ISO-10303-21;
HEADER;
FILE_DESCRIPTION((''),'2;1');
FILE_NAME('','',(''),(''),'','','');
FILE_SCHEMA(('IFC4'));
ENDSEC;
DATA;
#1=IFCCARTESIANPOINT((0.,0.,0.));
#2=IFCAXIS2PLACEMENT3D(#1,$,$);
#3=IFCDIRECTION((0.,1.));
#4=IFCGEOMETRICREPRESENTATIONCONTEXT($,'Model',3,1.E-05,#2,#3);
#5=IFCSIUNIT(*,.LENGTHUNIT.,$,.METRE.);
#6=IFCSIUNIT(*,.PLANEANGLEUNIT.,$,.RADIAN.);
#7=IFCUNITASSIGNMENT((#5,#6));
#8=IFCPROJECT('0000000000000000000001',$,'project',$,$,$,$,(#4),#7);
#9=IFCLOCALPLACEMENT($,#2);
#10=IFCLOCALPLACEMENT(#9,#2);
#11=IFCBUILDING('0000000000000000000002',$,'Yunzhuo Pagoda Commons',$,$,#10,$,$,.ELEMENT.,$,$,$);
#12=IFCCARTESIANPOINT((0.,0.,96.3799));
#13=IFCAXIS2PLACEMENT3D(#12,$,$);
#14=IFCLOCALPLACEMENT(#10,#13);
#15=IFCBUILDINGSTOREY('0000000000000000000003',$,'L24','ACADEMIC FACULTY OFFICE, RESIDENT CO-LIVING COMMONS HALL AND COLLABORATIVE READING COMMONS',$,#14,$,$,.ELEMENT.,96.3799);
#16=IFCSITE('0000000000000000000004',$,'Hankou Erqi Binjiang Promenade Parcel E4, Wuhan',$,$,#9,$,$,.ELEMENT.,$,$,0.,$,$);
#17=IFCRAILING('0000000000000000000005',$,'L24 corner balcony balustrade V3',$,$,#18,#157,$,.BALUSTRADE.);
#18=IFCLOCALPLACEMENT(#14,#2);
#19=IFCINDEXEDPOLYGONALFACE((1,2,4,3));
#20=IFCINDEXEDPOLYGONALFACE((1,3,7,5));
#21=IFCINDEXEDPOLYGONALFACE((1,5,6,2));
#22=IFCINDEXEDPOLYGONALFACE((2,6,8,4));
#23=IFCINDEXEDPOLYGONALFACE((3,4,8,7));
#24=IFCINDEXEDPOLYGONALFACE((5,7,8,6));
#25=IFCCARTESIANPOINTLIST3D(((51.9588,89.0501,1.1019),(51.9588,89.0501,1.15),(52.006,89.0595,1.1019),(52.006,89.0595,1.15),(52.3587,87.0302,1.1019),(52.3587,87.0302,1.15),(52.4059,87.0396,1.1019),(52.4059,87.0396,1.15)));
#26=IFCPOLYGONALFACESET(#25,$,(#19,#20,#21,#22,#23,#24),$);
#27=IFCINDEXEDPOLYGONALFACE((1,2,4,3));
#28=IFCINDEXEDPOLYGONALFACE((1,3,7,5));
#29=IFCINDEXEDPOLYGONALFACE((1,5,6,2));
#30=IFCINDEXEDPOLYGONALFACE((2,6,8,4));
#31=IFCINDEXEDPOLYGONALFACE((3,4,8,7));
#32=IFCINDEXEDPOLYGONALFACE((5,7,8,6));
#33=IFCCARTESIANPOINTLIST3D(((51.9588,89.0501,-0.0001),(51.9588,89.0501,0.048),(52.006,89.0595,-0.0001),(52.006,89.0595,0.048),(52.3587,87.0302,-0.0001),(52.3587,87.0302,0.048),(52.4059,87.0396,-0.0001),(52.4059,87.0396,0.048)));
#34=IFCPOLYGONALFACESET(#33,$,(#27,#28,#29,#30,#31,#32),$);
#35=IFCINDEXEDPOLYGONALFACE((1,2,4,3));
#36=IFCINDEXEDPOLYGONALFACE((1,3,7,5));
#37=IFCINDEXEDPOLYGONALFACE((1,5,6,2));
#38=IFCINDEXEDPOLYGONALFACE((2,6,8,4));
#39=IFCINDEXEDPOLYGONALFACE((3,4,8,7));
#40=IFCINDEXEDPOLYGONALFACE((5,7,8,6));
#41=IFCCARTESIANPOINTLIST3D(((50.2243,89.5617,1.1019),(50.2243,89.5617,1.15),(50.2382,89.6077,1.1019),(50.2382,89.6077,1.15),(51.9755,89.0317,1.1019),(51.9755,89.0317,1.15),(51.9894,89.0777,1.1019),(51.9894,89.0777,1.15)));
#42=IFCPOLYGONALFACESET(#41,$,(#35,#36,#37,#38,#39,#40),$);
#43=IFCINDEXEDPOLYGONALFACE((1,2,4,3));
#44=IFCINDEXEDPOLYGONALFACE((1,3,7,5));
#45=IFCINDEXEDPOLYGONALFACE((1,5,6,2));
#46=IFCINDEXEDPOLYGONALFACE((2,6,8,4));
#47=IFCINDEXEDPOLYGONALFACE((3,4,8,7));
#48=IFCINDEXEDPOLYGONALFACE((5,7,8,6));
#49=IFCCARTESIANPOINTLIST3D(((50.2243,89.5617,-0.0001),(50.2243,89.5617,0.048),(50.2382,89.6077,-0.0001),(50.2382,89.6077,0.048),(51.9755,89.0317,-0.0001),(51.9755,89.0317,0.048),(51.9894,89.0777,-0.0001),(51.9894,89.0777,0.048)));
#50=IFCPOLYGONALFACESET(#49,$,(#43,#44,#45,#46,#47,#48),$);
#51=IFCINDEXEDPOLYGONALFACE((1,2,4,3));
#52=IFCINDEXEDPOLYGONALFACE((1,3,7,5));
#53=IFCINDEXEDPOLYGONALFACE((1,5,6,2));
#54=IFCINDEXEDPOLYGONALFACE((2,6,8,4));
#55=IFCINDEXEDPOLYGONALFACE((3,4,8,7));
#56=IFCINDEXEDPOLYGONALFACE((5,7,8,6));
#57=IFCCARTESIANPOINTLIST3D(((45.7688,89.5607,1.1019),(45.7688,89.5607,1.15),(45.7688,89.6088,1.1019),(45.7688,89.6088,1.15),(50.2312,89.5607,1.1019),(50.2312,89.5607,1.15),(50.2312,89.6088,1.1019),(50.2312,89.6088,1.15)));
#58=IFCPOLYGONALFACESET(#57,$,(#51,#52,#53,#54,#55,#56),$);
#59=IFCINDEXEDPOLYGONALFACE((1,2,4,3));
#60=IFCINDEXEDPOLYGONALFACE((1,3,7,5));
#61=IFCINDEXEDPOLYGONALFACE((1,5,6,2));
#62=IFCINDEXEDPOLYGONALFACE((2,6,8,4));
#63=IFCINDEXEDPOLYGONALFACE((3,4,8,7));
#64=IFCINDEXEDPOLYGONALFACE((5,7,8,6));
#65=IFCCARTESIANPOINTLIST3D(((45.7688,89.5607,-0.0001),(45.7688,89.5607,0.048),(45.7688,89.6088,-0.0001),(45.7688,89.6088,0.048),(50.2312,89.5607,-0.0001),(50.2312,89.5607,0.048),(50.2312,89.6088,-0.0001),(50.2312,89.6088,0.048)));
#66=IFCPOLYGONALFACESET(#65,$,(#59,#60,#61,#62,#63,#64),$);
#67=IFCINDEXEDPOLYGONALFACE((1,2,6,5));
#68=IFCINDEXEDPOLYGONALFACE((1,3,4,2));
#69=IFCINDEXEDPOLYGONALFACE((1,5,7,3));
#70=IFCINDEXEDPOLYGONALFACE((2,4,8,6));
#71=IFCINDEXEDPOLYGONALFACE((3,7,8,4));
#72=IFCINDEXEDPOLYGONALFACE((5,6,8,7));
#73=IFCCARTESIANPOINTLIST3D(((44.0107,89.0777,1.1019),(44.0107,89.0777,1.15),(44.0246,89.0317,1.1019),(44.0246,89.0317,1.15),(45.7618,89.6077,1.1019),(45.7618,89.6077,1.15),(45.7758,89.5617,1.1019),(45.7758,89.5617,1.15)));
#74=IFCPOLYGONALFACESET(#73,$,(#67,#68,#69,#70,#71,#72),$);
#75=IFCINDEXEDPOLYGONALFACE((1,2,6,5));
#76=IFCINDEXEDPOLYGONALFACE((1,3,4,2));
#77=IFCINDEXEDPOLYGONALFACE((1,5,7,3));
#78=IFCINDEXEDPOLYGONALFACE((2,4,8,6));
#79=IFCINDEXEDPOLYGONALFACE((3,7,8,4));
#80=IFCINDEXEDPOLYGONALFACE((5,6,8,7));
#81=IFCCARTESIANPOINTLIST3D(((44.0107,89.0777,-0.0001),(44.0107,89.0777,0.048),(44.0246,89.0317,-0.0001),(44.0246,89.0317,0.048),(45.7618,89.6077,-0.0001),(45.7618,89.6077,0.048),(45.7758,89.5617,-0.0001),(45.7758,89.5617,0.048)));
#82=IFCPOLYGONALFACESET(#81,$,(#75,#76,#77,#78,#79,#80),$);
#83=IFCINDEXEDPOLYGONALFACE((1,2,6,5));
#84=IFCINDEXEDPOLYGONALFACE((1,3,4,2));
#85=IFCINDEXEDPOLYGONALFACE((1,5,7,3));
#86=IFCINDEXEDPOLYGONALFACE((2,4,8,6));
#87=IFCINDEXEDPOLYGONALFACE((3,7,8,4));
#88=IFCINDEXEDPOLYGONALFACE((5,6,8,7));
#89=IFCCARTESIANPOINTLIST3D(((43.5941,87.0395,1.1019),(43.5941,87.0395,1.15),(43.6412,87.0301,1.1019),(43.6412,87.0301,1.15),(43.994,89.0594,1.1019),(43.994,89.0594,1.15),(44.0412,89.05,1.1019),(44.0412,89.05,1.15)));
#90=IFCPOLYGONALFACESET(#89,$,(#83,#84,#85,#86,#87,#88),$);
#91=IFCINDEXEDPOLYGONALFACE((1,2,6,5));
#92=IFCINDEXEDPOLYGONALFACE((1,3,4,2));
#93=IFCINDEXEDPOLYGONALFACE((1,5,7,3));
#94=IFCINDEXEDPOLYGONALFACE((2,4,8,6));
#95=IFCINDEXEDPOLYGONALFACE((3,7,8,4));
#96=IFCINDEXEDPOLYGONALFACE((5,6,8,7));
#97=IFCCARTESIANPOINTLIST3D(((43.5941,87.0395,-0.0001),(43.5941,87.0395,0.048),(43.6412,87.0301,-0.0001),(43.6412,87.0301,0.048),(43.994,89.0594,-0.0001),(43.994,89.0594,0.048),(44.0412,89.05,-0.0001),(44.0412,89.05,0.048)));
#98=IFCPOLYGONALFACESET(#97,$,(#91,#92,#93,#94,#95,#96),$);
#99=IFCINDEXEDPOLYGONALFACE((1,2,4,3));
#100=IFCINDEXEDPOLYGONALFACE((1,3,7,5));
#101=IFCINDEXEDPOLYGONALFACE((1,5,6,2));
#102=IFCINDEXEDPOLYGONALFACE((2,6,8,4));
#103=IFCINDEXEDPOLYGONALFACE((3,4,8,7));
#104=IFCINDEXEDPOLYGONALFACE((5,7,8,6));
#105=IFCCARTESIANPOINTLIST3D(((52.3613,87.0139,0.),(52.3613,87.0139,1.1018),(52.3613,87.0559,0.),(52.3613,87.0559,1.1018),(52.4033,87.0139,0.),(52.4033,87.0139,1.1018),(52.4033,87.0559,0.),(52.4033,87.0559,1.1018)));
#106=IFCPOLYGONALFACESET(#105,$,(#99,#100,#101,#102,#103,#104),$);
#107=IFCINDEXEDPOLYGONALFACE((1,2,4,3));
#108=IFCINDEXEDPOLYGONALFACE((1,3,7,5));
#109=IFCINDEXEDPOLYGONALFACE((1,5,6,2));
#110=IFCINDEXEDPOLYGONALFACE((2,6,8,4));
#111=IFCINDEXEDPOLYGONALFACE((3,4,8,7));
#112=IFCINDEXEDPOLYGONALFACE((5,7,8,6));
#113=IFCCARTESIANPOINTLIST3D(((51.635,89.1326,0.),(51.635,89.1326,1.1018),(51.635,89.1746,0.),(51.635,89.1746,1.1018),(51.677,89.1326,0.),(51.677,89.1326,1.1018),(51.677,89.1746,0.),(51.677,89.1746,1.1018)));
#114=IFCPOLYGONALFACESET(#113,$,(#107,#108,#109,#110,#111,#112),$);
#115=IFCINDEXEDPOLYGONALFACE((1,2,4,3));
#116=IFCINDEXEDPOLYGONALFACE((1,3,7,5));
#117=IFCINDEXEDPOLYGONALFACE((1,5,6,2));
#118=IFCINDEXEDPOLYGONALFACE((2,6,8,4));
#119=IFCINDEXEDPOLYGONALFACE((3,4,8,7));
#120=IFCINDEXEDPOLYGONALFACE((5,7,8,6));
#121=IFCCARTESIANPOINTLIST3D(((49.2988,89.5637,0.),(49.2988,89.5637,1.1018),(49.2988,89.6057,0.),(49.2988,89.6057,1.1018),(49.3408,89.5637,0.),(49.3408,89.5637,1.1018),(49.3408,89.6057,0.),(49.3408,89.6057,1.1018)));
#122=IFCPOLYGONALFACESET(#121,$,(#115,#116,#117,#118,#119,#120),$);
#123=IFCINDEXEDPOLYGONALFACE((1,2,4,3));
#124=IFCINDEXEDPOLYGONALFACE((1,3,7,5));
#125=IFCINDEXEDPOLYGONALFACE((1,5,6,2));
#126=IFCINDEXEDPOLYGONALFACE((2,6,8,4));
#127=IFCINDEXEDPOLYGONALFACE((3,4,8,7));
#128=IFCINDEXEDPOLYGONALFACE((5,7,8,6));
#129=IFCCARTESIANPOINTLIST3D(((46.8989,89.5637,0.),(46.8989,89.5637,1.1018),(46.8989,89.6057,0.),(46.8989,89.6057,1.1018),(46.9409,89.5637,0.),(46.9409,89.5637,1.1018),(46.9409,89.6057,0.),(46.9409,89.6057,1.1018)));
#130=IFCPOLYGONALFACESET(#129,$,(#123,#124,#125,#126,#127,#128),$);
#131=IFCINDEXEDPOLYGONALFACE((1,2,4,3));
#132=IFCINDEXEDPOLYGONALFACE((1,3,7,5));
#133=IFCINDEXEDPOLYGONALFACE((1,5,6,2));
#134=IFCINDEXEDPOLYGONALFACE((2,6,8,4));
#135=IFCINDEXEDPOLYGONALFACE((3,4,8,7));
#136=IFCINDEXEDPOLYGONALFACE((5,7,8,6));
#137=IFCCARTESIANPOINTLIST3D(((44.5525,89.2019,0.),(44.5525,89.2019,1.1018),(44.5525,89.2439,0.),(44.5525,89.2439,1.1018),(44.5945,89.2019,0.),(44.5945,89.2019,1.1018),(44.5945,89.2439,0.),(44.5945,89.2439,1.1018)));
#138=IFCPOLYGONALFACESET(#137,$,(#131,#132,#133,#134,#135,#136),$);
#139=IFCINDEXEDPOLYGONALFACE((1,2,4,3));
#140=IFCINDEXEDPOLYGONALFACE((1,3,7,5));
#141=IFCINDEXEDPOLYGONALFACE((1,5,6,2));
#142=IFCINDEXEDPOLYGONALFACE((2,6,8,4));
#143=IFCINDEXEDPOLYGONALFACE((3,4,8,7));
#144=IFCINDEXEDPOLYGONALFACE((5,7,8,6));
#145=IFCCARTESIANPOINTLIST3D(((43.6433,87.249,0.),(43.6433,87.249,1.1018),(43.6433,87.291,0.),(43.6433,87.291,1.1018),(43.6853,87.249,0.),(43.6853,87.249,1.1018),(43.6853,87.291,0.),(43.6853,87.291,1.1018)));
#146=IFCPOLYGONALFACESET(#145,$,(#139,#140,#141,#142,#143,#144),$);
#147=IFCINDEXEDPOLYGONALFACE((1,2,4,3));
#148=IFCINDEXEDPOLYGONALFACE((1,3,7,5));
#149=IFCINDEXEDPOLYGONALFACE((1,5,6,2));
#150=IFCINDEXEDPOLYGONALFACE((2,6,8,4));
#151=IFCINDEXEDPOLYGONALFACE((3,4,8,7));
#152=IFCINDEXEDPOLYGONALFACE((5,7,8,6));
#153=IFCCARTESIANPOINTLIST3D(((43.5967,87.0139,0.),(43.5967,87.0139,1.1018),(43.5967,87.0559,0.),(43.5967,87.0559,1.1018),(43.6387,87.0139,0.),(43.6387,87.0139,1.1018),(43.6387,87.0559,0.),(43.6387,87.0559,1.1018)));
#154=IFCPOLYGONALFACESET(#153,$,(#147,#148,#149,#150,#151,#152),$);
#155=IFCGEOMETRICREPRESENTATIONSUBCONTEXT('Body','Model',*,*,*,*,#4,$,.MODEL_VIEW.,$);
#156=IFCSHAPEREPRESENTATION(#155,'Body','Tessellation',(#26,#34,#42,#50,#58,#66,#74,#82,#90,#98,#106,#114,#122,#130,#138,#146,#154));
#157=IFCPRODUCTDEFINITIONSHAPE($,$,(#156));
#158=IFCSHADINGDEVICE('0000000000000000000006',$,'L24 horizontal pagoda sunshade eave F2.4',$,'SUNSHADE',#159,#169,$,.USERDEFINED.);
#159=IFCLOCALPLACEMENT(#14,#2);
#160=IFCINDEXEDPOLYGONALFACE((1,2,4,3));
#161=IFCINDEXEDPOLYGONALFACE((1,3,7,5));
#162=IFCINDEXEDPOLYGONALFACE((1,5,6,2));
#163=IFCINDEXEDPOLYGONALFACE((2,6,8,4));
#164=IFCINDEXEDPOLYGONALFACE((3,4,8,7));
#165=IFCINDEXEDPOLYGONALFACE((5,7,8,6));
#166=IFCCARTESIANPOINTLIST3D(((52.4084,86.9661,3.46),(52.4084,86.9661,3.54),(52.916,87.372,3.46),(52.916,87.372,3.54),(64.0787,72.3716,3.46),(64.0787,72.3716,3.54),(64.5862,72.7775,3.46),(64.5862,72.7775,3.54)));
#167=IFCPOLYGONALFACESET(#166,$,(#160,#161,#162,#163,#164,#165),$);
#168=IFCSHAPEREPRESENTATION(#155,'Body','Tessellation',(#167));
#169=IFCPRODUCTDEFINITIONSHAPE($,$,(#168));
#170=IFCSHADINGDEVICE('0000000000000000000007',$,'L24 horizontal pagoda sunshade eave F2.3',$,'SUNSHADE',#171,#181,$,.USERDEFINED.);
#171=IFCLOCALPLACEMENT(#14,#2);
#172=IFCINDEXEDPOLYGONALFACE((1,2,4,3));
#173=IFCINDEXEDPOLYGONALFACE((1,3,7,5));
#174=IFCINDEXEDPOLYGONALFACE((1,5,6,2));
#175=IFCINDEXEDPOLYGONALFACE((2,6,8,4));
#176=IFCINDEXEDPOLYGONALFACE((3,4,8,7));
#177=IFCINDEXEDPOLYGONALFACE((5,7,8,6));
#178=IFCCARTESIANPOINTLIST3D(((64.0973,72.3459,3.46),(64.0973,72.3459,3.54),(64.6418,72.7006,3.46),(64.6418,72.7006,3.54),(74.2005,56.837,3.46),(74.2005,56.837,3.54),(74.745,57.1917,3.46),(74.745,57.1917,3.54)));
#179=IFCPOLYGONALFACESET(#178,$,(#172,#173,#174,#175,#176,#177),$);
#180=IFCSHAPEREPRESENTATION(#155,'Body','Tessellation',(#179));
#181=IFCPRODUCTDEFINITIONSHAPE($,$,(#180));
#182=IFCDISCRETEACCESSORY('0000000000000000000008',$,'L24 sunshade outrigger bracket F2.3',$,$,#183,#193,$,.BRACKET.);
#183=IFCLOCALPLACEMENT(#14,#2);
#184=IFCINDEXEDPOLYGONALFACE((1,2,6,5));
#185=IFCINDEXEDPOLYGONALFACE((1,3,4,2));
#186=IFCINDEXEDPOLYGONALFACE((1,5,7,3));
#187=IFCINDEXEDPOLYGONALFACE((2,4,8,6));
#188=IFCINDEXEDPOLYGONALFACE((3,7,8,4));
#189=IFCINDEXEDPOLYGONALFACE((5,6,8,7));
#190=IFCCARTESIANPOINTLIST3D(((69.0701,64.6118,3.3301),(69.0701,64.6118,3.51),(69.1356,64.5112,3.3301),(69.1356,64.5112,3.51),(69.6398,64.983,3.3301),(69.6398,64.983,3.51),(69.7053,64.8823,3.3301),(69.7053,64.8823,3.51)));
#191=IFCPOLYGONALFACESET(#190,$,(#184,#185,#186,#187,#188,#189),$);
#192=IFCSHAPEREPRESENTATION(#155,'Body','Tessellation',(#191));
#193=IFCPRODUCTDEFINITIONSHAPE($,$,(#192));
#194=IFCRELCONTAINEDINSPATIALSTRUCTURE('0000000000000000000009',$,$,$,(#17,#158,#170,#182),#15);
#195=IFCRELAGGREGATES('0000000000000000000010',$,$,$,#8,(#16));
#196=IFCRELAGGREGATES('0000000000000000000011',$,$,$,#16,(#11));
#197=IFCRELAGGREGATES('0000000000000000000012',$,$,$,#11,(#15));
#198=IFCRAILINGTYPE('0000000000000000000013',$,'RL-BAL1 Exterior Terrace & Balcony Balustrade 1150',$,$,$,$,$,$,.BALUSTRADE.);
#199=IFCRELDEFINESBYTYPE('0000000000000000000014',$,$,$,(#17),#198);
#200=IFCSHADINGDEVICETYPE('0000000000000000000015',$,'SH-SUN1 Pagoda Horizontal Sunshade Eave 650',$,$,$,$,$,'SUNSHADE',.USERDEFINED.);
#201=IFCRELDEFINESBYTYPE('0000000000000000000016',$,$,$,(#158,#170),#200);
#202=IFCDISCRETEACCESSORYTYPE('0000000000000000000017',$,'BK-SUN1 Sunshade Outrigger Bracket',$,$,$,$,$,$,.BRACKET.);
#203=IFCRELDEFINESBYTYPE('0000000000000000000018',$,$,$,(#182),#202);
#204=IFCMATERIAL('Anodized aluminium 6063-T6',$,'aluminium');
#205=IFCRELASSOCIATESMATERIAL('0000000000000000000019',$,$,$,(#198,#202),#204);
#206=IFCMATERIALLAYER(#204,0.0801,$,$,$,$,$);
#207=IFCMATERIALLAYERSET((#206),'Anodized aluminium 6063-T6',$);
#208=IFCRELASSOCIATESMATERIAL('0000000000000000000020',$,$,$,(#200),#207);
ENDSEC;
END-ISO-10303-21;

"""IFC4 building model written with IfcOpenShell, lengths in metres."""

from ifc_helpers import new_model, si_unit, direction, frame, origin, origin_2d, place, context, subcontext, project, spatial, rectangle, extrude, source, transform, mapped, material, layer, layer_set, type_object, element, save


model = new_model("IFC4")

# Units and contexts
model_context = context("Model", 3, precision=1e-05, world=origin(), true_north=direction((0.0, 1.0)))
body_context = subcontext(model_context, "Body", "Model", "MODEL_VIEW")
ifc_project = project(units=[si_unit("LENGTHUNIT", "METRE"), si_unit("PLANEANGLEUNIT", "RADIAN")], contexts=[model_context])

# Site, building, storey
site_placement = place(None, origin())
site = spatial("IfcSite", under=ifc_project, at=site_placement, Name="Hankou Erqi Binjiang Promenade Parcel E4, Wuhan", CompositionType="ELEMENT", RefElevation=0.0)
building_placement = place(site_placement, origin())
building = spatial("IfcBuilding", under=site, at=building_placement, Name="Yunzhuo Pagoda Commons", CompositionType="ELEMENT")
storey_placement = place(building_placement, frame((0.0, 0.0, 96.3799)))
storey = spatial("IfcBuildingStorey", under=building, at=storey_placement, Name="L24", Description="ACADEMIC FACULTY OFFICE, RESIDENT CO-LIVING COMMONS HALL AND COLLABORATIVE READING COMMONS", CompositionType="ELEMENT", Elevation=96.3799)

# Shared definitions
ifc_material_1 = material(Name="Anodized aluminium 6063-T6", Category="aluminium")

# Railing
railing_type_1 = type_object("IfcRailingType", Name="RL-BAL1 Exterior Terrace & Balcony Balustrade 1150", PredefinedType="BALUSTRADE", material=ifc_material_1)
railing_1_placement = place(storey_placement, frame((52.3823, 87.0349, 0.0)))
element("IfcRailing", 1, at=railing_1_placement, inside=storey, type_object=railing_type_1, Name="L24 corner balcony balustrade V3", PredefinedType="BALUSTRADE", context=body_context, shape_type="SweptSolid", body=[
    extrude(rectangle(XDim=0.0481, YDim=0.0481, at=origin_2d()), frame((0.0, 0.0, 1.126), z_axis=(-0.194223, 0.980957, 0.0), x_axis=(-0.980957, -0.194223, 0.0)), (0.0, 0.0, 1.0), 2.0591),
    extrude(rectangle(XDim=0.0481, YDim=0.0481, at=origin_2d()), frame((0.0, 0.0, 0.0239), z_axis=(-0.194223, 0.980957, 0.0), x_axis=(-0.980957, -0.194223, 0.0)), (0.0, 0.0, 1.0), 2.0591),
    extrude(rectangle(XDim=0.0481, YDim=0.0481, at=origin_2d()), frame((-0.3999, 2.0198, 1.126), z_axis=(-0.957122, 0.289685, 0.0), x_axis=(-0.289685, -0.957122, 0.0)), (0.0, 0.0, 1.0), 1.8296),
    extrude(rectangle(XDim=0.0481, YDim=0.0481, at=origin_2d()), frame((-0.3999, 2.0198, 0.0239), z_axis=(-0.957122, 0.289685, 0.0), x_axis=(-0.289685, -0.957122, 0.0)), (0.0, 0.0, 1.0), 1.8296),
    extrude(rectangle(XDim=0.0481, YDim=0.0481, at=origin_2d()), frame((-2.1511, 2.5498, 1.126), z_axis=(-1.0, 0.0, 0.0), x_axis=(0.0, -1.0, 0.0)), (0.0, 0.0, 1.0), 4.4624),
    extrude(rectangle(XDim=0.0481, YDim=0.0481, at=origin_2d()), frame((-2.1511, 2.5498, 0.0239), z_axis=(-1.0, 0.0, 0.0), x_axis=(0.0, -1.0, 0.0)), (0.0, 0.0, 1.0), 4.4624),
    extrude(rectangle(XDim=0.0481, YDim=0.0481, at=origin_2d()), frame((-6.6135, 2.5498, 1.126), z_axis=(-0.957122, -0.289685, 0.0), x_axis=(0.289685, -0.957122, 0.0)), (0.0, 0.0, 1.0), 1.8296),
    extrude(rectangle(XDim=0.0481, YDim=0.0481, at=origin_2d()), frame((-6.6135, 2.5498, 0.0239), z_axis=(-0.957122, -0.289685, 0.0), x_axis=(0.289685, -0.957122, 0.0)), (0.0, 0.0, 1.0), 1.8296),
    extrude(rectangle(XDim=0.0481, YDim=0.0481, at=origin_2d()), frame((-8.3647, 2.0198, 1.126), z_axis=(-0.194223, -0.980957, 0.0), x_axis=(0.980957, -0.194223, 0.0)), (0.0, 0.0, 1.0), 2.0591),
    extrude(rectangle(XDim=0.0481, YDim=0.0481, at=origin_2d()), frame((-8.3647, 2.0198, 0.0239), z_axis=(-0.194223, -0.980957, 0.0), x_axis=(0.980957, -0.194223, 0.0)), (0.0, 0.0, 1.0), 2.0591),
    extrude(rectangle(XDim=0.042, YDim=0.042, at=origin_2d()), origin(), (0.0, 0.0, 1.0), 1.1018),
    extrude(rectangle(XDim=0.042, YDim=0.042, at=origin_2d()), frame((-0.7263, 2.1187, 0.0)), (0.0, 0.0, 1.0), 1.1018),
    extrude(rectangle(XDim=0.042, YDim=0.042, at=origin_2d()), frame((-3.0625, 2.5498, 0.0)), (0.0, 0.0, 1.0), 1.1018),
    extrude(rectangle(XDim=0.042, YDim=0.042, at=origin_2d()), frame((-5.4624, 2.5498, 0.0)), (0.0, 0.0, 1.0), 1.1018),
    extrude(rectangle(XDim=0.042, YDim=0.042, at=origin_2d()), frame((-7.8088, 2.188, 0.0)), (0.0, 0.0, 1.0), 1.1018),
    extrude(rectangle(XDim=0.042, YDim=0.042, at=origin_2d()), frame((-8.718, 0.2351, 0.0)), (0.0, 0.0, 1.0), 1.1018),
    extrude(rectangle(XDim=0.042, YDim=0.042, at=origin_2d()), frame((-8.7646, 0.0, 0.0)), (0.0, 0.0, 1.0), 1.1018),
])

# Shading devices
ifc_layer_1 = layer(ifc_material_1, 0.0801)
ifc_layer_set_1 = layer_set([ifc_layer_1], Name="Anodized aluminium 6063-T6")
shading_device_type = type_object("IfcShadingDeviceType", Name="SH-SUN1 Pagoda Horizontal Sunshade Eave 650", ElementType="SUNSHADE", PredefinedType="USERDEFINED", material=ifc_layer_set_1)
shared_shape_1 = source(origin(), body_context, "Body", "SweptSolid", [
    extrude(rectangle(XDim=18.6868, YDim=0.6499, at=origin_2d()), origin(), (0.0, 0.0, 1.0), 0.0801),
])
shading_device_1_placement = place(storey_placement, frame((58.4973, 79.8718, 3.46), z_axis=(0.0, 0.0, 1.0), x_axis=(-0.62452, 0.781008, 0.0)))
element("IfcShadingDevice", 2, at=shading_device_1_placement, inside=storey, type_object=shading_device_type, Name="L24 horizontal pagoda sunshade eave F2.4", ObjectType="SUNSHADE", PredefinedType="USERDEFINED", context=body_context, shape_type="MappedRepresentation", body=[
    mapped(shared_shape_1, transform((0.0, 0.0, 0.0), scale=1.0)),
])
shared_shape_2 = source(origin(), body_context, "Body", "SweptSolid", [
    extrude(rectangle(XDim=18.5095, YDim=0.6499, at=origin_2d()), origin(), (0.0, 0.0, 1.0), 0.0801),
])
shading_device_2_placement = place(storey_placement, frame((69.4211, 64.7688, 3.46), z_axis=(0.0, 0.0, 1.0), x_axis=(-0.545839, 0.83789, 0.0)))
element("IfcShadingDevice", 3, at=shading_device_2_placement, inside=storey, type_object=shading_device_type, Name="L24 horizontal pagoda sunshade eave F2.3", ObjectType="SUNSHADE", PredefinedType="USERDEFINED", context=body_context, shape_type="MappedRepresentation", body=[
    mapped(shared_shape_2, transform((0.0, 0.0, 0.0), scale=1.0)),
])

# Discrete accessory
discrete_accessory_type = type_object("IfcDiscreteAccessoryType", Name="BK-SUN1 Sunshade Outrigger Bracket", PredefinedType="BRACKET", material=ifc_material_1)
shared_shape_3 = source(origin(), body_context, "Body", "SweptSolid", [
    extrude(rectangle(XDim=0.1201, YDim=0.6799, at=origin_2d()), origin(), (0.0, 0.0, 1.0), 0.1799),
])
discrete_accessory_placement = place(storey_placement, frame((69.3877, 64.7471, 3.3301), z_axis=(0.0, 0.0, 1.0), x_axis=(-0.545839, 0.83789, 0.0)))
element("IfcDiscreteAccessory", 4, at=discrete_accessory_placement, inside=storey, type_object=discrete_accessory_type, Name="L24 sunshade outrigger bracket F2.3", PredefinedType="BRACKET", context=body_context, shape_type="MappedRepresentation", body=[
    mapped(shared_shape_3, transform((0.0, 0.0, 0.0), scale=1.0)),
])

save(model, "model.ifc")
